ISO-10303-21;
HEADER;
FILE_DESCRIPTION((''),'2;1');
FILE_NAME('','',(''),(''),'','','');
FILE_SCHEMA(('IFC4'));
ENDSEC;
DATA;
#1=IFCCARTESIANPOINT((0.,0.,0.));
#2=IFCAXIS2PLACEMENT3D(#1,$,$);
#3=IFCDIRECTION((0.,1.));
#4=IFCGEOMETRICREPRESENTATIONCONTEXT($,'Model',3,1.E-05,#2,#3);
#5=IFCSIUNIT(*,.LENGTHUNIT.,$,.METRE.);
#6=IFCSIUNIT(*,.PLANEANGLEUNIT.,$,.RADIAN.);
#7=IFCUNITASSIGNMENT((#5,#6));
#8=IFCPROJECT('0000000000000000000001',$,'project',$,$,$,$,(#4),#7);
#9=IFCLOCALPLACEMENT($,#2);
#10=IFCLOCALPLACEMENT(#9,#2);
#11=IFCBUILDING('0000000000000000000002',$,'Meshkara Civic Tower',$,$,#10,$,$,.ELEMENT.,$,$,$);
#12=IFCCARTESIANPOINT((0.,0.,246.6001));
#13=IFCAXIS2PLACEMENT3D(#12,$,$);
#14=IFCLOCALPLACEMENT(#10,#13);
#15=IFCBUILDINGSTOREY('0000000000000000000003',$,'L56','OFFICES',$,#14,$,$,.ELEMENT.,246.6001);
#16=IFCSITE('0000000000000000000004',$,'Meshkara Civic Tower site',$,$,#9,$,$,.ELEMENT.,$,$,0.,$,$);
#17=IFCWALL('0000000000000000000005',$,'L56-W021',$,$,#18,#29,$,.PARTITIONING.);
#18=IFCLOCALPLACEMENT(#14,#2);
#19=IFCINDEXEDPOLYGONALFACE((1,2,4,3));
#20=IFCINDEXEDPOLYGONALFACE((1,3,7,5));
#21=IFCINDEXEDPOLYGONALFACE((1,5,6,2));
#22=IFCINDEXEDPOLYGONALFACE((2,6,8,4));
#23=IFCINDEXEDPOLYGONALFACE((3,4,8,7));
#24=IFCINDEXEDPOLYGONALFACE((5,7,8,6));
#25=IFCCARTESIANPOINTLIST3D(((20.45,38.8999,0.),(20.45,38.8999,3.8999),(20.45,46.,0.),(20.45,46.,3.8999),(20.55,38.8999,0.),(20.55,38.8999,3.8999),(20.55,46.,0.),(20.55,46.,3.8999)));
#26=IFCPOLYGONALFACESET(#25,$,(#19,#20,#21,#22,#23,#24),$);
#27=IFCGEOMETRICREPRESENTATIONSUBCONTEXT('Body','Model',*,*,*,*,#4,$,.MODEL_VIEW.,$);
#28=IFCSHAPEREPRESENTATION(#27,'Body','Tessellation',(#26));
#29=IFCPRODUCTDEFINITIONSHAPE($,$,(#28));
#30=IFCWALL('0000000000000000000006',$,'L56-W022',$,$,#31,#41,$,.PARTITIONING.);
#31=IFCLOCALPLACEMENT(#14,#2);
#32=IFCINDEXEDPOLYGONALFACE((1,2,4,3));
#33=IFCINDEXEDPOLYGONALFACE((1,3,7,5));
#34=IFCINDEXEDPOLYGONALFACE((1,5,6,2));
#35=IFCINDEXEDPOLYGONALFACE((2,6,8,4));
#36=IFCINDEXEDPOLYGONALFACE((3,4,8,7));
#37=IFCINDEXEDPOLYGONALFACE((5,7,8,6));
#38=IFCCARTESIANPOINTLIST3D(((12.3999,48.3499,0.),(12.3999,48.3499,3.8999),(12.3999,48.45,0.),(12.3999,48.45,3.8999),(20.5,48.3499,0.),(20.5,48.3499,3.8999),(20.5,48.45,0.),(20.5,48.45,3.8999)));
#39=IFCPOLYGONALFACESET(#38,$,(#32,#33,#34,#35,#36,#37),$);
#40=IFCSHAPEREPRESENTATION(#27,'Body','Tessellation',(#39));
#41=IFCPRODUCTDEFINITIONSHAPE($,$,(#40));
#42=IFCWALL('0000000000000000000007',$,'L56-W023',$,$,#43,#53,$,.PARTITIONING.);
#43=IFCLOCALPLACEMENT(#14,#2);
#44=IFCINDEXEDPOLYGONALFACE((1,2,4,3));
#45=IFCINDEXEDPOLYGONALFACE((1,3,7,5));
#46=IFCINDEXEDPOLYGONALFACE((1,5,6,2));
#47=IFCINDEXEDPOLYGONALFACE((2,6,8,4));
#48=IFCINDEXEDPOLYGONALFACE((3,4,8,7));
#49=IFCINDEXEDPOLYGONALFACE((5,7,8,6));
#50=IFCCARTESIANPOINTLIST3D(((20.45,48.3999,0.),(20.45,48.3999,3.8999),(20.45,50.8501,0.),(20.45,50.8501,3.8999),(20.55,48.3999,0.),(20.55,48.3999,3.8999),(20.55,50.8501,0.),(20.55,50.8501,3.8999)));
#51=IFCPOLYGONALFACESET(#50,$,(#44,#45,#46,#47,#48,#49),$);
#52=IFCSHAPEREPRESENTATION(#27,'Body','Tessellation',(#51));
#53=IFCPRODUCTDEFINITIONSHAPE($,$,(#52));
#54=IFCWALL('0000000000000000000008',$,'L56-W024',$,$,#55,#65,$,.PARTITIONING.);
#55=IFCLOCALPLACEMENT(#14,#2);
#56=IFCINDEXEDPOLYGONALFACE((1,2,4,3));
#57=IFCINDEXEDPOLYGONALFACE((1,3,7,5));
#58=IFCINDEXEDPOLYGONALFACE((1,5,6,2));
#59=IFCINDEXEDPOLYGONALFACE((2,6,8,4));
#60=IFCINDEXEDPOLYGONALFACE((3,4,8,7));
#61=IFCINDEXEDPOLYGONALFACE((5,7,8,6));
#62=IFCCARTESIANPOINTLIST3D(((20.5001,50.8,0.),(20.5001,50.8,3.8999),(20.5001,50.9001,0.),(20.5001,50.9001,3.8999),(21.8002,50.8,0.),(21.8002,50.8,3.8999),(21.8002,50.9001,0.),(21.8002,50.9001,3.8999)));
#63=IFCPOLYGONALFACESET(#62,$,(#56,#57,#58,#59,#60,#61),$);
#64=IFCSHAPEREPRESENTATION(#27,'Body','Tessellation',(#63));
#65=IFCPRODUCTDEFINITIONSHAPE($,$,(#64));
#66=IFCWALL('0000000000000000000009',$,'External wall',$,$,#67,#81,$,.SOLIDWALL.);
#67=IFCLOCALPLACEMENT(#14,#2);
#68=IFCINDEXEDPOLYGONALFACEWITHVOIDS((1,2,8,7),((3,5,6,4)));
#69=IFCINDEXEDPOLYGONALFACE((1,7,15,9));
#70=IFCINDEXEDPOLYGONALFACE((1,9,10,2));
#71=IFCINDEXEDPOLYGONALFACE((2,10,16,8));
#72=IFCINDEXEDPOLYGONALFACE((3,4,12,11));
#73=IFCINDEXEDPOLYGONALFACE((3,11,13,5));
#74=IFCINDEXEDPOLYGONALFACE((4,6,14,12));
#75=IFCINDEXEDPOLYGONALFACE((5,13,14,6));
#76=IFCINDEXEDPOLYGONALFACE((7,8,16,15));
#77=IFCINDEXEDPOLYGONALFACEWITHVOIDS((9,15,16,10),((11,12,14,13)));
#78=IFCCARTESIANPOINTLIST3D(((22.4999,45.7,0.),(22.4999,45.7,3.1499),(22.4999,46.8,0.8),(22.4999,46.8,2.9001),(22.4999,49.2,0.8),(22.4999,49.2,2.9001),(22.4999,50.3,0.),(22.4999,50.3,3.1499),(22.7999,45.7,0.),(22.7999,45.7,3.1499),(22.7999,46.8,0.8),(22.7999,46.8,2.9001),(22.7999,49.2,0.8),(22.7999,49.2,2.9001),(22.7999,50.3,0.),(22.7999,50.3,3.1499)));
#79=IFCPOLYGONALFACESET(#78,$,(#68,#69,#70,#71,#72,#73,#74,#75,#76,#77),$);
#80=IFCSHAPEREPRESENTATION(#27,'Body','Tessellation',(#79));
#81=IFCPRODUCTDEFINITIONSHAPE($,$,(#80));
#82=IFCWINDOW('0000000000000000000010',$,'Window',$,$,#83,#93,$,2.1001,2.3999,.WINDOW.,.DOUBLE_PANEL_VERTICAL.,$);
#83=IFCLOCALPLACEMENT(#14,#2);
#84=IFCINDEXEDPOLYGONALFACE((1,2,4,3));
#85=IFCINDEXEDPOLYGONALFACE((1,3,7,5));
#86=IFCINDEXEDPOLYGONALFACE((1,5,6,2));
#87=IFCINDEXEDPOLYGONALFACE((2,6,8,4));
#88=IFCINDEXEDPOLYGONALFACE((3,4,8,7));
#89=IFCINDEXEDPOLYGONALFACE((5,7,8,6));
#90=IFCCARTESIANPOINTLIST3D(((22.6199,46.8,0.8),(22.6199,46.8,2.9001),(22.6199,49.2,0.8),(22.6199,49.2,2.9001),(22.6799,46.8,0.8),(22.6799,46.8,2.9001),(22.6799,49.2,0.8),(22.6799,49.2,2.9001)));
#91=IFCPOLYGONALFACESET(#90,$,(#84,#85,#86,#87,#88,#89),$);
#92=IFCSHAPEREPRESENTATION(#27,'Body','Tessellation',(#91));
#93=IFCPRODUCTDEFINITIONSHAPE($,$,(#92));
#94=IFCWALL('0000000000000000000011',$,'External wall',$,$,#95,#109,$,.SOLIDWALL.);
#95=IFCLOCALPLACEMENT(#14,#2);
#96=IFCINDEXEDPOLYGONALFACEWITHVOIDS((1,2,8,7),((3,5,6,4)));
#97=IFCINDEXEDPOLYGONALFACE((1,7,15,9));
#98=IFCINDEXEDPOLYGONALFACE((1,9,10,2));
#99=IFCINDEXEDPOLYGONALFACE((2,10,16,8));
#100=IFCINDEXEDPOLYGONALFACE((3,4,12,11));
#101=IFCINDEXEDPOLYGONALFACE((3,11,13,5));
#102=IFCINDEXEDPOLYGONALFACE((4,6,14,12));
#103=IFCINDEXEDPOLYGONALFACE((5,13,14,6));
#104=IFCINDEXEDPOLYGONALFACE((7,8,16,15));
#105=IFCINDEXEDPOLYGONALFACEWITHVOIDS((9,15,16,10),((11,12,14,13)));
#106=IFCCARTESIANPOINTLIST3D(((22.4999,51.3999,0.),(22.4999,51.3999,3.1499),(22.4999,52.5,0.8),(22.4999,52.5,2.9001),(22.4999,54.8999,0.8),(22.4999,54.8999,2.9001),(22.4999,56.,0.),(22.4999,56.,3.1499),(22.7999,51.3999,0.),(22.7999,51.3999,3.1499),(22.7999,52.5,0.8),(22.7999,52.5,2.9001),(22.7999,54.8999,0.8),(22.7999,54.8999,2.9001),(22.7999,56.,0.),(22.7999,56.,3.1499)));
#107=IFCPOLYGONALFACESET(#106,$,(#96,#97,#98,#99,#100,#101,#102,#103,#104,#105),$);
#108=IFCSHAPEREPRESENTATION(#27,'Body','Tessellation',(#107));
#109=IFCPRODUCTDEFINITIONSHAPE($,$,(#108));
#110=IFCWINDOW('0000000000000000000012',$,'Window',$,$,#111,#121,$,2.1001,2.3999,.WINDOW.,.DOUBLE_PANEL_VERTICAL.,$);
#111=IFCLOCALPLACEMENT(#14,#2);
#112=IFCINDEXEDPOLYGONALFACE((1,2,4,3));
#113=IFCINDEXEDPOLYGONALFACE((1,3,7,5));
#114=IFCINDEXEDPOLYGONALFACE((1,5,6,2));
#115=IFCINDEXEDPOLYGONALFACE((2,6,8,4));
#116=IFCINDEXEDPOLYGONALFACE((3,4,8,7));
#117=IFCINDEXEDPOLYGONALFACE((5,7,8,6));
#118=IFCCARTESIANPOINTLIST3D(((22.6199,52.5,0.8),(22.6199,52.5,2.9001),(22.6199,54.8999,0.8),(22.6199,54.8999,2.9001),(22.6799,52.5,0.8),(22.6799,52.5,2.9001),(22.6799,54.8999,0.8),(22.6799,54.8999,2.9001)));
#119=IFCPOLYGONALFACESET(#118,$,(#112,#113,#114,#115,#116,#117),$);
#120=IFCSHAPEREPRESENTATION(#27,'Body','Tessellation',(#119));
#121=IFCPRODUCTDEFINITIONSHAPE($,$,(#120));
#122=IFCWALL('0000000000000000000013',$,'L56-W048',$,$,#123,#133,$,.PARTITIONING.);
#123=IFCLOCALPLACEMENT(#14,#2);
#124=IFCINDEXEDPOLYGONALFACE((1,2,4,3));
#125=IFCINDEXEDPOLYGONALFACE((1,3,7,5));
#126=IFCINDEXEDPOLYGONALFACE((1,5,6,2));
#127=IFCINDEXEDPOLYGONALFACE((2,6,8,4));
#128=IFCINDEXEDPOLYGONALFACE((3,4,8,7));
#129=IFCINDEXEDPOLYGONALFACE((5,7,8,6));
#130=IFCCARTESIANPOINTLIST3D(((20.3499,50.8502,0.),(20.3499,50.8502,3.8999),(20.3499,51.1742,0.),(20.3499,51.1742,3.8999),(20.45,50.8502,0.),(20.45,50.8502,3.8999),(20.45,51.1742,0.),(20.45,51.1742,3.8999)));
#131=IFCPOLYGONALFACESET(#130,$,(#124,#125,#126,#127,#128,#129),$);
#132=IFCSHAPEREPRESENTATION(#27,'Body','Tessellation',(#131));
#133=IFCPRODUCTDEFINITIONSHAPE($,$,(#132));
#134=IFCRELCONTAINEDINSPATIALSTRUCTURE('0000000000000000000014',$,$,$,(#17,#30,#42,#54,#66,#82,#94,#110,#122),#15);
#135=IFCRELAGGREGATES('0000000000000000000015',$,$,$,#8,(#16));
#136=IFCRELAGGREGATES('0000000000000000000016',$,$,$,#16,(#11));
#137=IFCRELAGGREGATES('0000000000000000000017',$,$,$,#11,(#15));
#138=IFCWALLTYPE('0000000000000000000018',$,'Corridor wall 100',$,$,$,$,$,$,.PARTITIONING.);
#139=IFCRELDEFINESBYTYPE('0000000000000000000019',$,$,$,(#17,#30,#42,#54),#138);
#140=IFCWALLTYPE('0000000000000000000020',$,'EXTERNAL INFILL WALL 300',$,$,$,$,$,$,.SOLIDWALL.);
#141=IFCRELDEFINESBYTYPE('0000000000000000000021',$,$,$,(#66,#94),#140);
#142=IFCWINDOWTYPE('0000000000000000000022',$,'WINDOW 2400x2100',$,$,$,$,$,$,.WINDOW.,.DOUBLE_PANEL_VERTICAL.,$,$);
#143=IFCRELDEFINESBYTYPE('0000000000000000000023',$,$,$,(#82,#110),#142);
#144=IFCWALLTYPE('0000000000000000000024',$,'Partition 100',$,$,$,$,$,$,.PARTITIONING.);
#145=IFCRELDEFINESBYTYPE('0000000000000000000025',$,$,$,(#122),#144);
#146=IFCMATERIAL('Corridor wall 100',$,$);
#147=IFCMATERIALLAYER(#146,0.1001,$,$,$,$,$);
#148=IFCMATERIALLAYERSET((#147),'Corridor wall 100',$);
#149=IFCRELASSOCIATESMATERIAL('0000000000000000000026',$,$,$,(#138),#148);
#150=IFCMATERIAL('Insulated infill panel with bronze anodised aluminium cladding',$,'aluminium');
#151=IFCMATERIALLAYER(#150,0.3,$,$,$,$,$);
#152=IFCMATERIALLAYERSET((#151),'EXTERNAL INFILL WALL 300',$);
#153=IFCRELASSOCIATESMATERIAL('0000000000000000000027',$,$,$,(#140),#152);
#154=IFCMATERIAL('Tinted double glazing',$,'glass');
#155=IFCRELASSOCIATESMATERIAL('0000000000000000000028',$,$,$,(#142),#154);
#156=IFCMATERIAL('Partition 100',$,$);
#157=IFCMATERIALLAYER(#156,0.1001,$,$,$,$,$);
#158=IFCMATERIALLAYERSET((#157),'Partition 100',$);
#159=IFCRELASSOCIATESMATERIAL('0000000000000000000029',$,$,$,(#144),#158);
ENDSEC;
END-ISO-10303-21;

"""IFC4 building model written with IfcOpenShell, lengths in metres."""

from ifc_helpers import new_model, si_unit, direction, frame, frame_2d, origin, place, context, subcontext, project, spatial, rectangle, extrude, material, layer, layer_set, type_object, element, fill, save


model = new_model("IFC4")

# Units and contexts
model_context = context("Model", 3, precision=1e-05, world=origin(), true_north=direction((0.0, 1.0)))
body_context = subcontext(model_context, "Body", "Model", "MODEL_VIEW")
ifc_project = project(units=[si_unit("LENGTHUNIT", "METRE"), si_unit("PLANEANGLEUNIT", "RADIAN")], contexts=[model_context])

# Site, building, storey
site_placement = place(None, origin())
site = spatial("IfcSite", under=ifc_project, at=site_placement, Name="Meshkara Civic Tower site", CompositionType="ELEMENT", RefElevation=0.0)
building_placement = place(site_placement, origin())
building = spatial("IfcBuilding", under=site, at=building_placement, Name="Meshkara Civic Tower", CompositionType="ELEMENT")
storey_placement = place(building_placement, frame((0.0, 0.0, 246.6001)))
storey = spatial("IfcBuildingStorey", under=building, at=storey_placement, Name="L56", Description="OFFICES", CompositionType="ELEMENT", Elevation=246.6001)

# Shared definitions
ifc_material_1 = material(Name="Corridor wall 100")
ifc_layer_1 = layer(ifc_material_1, 0.1001)
ifc_layer_set_1 = layer_set([ifc_layer_1], Name="Corridor wall 100")
wall_type_1 = type_object("IfcWallType", Name="Corridor wall 100", PredefinedType="PARTITIONING", material=ifc_layer_set_1)

# Walls
wall_1_placement = place(storey_placement, frame((20.5, 46.0, 0.0), z_axis=(0.0, 0.0, 1.0), x_axis=(0.0, -1.0, 0.0)))
element("IfcWall", 1, at=wall_1_placement, inside=storey, type_object=wall_type_1, Name="L56-W021", PredefinedType="PARTITIONING", context=body_context, shape_type="SweptSolid", body=[
    extrude(rectangle(XDim=7.1001, YDim=0.1001, at=frame_2d((3.55, 0.0))), origin(), (0.0, 0.0, 1.0), 3.8999),
])
wall_2_placement = place(storey_placement, frame((20.5, 48.3999, 0.0), z_axis=(0.0, 0.0, 1.0), x_axis=(-1.0, 0.0, 0.0)))
element("IfcWall", 2, at=wall_2_placement, inside=storey, type_object=wall_type_1, Name="L56-W022", PredefinedType="PARTITIONING", context=body_context, shape_type="SweptSolid", body=[
    extrude(rectangle(XDim=8.1001, YDim=0.1001, at=frame_2d((4.05, 0.0))), origin(), (0.0, 0.0, 1.0), 3.8999),
])
wall_3_placement = place(storey_placement, frame((20.5, 50.8501, 0.0), z_axis=(0.0, 0.0, 1.0), x_axis=(0.0, -1.0, 0.0)))
element("IfcWall", 3, at=wall_3_placement, inside=storey, type_object=wall_type_1, Name="L56-W023", PredefinedType="PARTITIONING", context=body_context, shape_type="SweptSolid", body=[
    extrude(rectangle(XDim=2.4502, YDim=0.1001, at=frame_2d((1.2251, 0.0))), origin(), (0.0, 0.0, 1.0), 3.8999),
])
wall_4_placement = place(storey_placement, frame((21.8, 50.8501, 0.0), z_axis=(0.0, 0.0, 1.0), x_axis=(-1.0, 0.0, 0.0)))
element("IfcWall", 4, at=wall_4_placement, inside=storey, type_object=wall_type_1, Name="L56-W024", PredefinedType="PARTITIONING", context=body_context, shape_type="SweptSolid", body=[
    extrude(rectangle(XDim=1.3, YDim=0.1001, at=frame_2d((0.6499, 0.0))), origin(), (0.0, 0.0, 1.0), 3.8999),
])

# Walls, openings, windows
ifc_material_2 = material(Name="Insulated infill panel with bronze anodised aluminium cladding", Category="aluminium")
ifc_layer_2 = layer(ifc_material_2, 0.3)
ifc_layer_set_2 = layer_set([ifc_layer_2], Name="EXTERNAL INFILL WALL 300")
wall_type_2 = type_object("IfcWallType", Name="EXTERNAL INFILL WALL 300", PredefinedType="SOLIDWALL", material=ifc_layer_set_2)
wall_5_placement = place(storey_placement, frame((22.6499, 45.7, 0.0), z_axis=(0.0, 0.0, 1.0), x_axis=(0.0, 1.0, 0.0)))
wall_5 = element("IfcWall", 5, at=wall_5_placement, inside=storey, type_object=wall_type_2, Name="External wall", PredefinedType="SOLIDWALL", context=body_context, shape_type="SweptSolid", body=[
    extrude(rectangle(XDim=4.6001, YDim=0.3, at=frame_2d((2.3, 0.0))), origin(), (0.0, 0.0, 1.0), 3.1499),
])
opening_1_placement = place(wall_5_placement, frame((1.1001, 0.0, 0.8)))
opening_1 = element("IfcOpeningElement", 6, at=opening_1_placement, cuts=wall_5, PredefinedType="OPENING", context=body_context, shape_type="SweptSolid", body=[
    extrude(rectangle(XDim=2.3999, YDim=2.1001, at=frame_2d((1.2, 1.05))), frame((0.0, 0.1599, 0.0), z_axis=(0.0, -1.0, 0.0), x_axis=(1.0, 0.0, 0.0)), (0.0, 0.0, 1.0), 0.3201),
])
ifc_material_3 = material(Name="Tinted double glazing", Category="glass")
window_type = type_object("IfcWindowType", Name="WINDOW 2400x2100", PartitioningType="DOUBLE_PANEL_VERTICAL", PredefinedType="WINDOW", material=ifc_material_3)
window_1_placement = place(opening_1_placement, origin())
window_1 = element("IfcWindow", 7, at=window_1_placement, inside=storey, type_object=window_type, Name="Window", OverallHeight=2.1001, OverallWidth=2.3999, PartitioningType="DOUBLE_PANEL_VERTICAL", PredefinedType="WINDOW", context=body_context, shape_type="SweptSolid", body=[
    extrude(rectangle(XDim=2.3999, YDim=2.1001, at=frame_2d((1.2, 1.05))), frame((0.0, 0.03, 0.0), z_axis=(0.0, -1.0, 0.0), x_axis=(1.0, 0.0, 0.0)), (0.0, 0.0, 1.0), 0.0601),
])
fill(opening_1, window_1)
wall_6_placement = place(storey_placement, frame((22.6499, 51.3999, 0.0), z_axis=(0.0, 0.0, 1.0), x_axis=(0.0, 1.0, 0.0)))
wall_6 = element("IfcWall", 8, at=wall_6_placement, inside=storey, type_object=wall_type_2, Name="External wall", PredefinedType="SOLIDWALL", context=body_context, shape_type="SweptSolid", body=[
    extrude(rectangle(XDim=4.6001, YDim=0.3, at=frame_2d((2.3, 0.0))), origin(), (0.0, 0.0, 1.0), 3.1499),
])
opening_2_placement = place(wall_6_placement, frame((1.1001, 0.0, 0.8)))
opening_2 = element("IfcOpeningElement", 9, at=opening_2_placement, cuts=wall_6, PredefinedType="OPENING", context=body_context, shape_type="SweptSolid", body=[
    extrude(rectangle(XDim=2.3999, YDim=2.1001, at=frame_2d((1.2, 1.05))), frame((0.0, 0.1599, 0.0), z_axis=(0.0, -1.0, 0.0), x_axis=(1.0, 0.0, 0.0)), (0.0, 0.0, 1.0), 0.3201),
])
window_2_placement = place(opening_2_placement, origin())
window_2 = element("IfcWindow", 10, at=window_2_placement, inside=storey, type_object=window_type, Name="Window", OverallHeight=2.1001, OverallWidth=2.3999, PartitioningType="DOUBLE_PANEL_VERTICAL", PredefinedType="WINDOW", context=body_context, shape_type="SweptSolid", body=[
    extrude(rectangle(XDim=2.3999, YDim=2.1001, at=frame_2d((1.2, 1.05))), frame((0.0, 0.03, 0.0), z_axis=(0.0, -1.0, 0.0), x_axis=(1.0, 0.0, 0.0)), (0.0, 0.0, 1.0), 0.0601),
])
fill(opening_2, window_2)

# Wall
ifc_material_4 = material(Name="Partition 100")
ifc_layer_3 = layer(ifc_material_4, 0.1001)
ifc_layer_set_3 = layer_set([ifc_layer_3], Name="Partition 100")
wall_type_3 = type_object("IfcWallType", Name="Partition 100", PredefinedType="PARTITIONING", material=ifc_layer_set_3)
wall_7_placement = place(storey_placement, frame((20.3999, 50.8501, 0.0), z_axis=(0.0, 0.0, 1.0), x_axis=(0.0, 1.0, 0.0)))
element("IfcWall", 11, at=wall_7_placement, inside=storey, type_object=wall_type_3, Name="L56-W048", PredefinedType="PARTITIONING", context=body_context, shape_type="SweptSolid", body=[
    extrude(rectangle(XDim=0.324, YDim=0.1001, at=frame_2d((0.1621, 0.0))), origin(), (0.0, 0.0, 1.0), 3.8999),
])

save(model, "model.ifc")
